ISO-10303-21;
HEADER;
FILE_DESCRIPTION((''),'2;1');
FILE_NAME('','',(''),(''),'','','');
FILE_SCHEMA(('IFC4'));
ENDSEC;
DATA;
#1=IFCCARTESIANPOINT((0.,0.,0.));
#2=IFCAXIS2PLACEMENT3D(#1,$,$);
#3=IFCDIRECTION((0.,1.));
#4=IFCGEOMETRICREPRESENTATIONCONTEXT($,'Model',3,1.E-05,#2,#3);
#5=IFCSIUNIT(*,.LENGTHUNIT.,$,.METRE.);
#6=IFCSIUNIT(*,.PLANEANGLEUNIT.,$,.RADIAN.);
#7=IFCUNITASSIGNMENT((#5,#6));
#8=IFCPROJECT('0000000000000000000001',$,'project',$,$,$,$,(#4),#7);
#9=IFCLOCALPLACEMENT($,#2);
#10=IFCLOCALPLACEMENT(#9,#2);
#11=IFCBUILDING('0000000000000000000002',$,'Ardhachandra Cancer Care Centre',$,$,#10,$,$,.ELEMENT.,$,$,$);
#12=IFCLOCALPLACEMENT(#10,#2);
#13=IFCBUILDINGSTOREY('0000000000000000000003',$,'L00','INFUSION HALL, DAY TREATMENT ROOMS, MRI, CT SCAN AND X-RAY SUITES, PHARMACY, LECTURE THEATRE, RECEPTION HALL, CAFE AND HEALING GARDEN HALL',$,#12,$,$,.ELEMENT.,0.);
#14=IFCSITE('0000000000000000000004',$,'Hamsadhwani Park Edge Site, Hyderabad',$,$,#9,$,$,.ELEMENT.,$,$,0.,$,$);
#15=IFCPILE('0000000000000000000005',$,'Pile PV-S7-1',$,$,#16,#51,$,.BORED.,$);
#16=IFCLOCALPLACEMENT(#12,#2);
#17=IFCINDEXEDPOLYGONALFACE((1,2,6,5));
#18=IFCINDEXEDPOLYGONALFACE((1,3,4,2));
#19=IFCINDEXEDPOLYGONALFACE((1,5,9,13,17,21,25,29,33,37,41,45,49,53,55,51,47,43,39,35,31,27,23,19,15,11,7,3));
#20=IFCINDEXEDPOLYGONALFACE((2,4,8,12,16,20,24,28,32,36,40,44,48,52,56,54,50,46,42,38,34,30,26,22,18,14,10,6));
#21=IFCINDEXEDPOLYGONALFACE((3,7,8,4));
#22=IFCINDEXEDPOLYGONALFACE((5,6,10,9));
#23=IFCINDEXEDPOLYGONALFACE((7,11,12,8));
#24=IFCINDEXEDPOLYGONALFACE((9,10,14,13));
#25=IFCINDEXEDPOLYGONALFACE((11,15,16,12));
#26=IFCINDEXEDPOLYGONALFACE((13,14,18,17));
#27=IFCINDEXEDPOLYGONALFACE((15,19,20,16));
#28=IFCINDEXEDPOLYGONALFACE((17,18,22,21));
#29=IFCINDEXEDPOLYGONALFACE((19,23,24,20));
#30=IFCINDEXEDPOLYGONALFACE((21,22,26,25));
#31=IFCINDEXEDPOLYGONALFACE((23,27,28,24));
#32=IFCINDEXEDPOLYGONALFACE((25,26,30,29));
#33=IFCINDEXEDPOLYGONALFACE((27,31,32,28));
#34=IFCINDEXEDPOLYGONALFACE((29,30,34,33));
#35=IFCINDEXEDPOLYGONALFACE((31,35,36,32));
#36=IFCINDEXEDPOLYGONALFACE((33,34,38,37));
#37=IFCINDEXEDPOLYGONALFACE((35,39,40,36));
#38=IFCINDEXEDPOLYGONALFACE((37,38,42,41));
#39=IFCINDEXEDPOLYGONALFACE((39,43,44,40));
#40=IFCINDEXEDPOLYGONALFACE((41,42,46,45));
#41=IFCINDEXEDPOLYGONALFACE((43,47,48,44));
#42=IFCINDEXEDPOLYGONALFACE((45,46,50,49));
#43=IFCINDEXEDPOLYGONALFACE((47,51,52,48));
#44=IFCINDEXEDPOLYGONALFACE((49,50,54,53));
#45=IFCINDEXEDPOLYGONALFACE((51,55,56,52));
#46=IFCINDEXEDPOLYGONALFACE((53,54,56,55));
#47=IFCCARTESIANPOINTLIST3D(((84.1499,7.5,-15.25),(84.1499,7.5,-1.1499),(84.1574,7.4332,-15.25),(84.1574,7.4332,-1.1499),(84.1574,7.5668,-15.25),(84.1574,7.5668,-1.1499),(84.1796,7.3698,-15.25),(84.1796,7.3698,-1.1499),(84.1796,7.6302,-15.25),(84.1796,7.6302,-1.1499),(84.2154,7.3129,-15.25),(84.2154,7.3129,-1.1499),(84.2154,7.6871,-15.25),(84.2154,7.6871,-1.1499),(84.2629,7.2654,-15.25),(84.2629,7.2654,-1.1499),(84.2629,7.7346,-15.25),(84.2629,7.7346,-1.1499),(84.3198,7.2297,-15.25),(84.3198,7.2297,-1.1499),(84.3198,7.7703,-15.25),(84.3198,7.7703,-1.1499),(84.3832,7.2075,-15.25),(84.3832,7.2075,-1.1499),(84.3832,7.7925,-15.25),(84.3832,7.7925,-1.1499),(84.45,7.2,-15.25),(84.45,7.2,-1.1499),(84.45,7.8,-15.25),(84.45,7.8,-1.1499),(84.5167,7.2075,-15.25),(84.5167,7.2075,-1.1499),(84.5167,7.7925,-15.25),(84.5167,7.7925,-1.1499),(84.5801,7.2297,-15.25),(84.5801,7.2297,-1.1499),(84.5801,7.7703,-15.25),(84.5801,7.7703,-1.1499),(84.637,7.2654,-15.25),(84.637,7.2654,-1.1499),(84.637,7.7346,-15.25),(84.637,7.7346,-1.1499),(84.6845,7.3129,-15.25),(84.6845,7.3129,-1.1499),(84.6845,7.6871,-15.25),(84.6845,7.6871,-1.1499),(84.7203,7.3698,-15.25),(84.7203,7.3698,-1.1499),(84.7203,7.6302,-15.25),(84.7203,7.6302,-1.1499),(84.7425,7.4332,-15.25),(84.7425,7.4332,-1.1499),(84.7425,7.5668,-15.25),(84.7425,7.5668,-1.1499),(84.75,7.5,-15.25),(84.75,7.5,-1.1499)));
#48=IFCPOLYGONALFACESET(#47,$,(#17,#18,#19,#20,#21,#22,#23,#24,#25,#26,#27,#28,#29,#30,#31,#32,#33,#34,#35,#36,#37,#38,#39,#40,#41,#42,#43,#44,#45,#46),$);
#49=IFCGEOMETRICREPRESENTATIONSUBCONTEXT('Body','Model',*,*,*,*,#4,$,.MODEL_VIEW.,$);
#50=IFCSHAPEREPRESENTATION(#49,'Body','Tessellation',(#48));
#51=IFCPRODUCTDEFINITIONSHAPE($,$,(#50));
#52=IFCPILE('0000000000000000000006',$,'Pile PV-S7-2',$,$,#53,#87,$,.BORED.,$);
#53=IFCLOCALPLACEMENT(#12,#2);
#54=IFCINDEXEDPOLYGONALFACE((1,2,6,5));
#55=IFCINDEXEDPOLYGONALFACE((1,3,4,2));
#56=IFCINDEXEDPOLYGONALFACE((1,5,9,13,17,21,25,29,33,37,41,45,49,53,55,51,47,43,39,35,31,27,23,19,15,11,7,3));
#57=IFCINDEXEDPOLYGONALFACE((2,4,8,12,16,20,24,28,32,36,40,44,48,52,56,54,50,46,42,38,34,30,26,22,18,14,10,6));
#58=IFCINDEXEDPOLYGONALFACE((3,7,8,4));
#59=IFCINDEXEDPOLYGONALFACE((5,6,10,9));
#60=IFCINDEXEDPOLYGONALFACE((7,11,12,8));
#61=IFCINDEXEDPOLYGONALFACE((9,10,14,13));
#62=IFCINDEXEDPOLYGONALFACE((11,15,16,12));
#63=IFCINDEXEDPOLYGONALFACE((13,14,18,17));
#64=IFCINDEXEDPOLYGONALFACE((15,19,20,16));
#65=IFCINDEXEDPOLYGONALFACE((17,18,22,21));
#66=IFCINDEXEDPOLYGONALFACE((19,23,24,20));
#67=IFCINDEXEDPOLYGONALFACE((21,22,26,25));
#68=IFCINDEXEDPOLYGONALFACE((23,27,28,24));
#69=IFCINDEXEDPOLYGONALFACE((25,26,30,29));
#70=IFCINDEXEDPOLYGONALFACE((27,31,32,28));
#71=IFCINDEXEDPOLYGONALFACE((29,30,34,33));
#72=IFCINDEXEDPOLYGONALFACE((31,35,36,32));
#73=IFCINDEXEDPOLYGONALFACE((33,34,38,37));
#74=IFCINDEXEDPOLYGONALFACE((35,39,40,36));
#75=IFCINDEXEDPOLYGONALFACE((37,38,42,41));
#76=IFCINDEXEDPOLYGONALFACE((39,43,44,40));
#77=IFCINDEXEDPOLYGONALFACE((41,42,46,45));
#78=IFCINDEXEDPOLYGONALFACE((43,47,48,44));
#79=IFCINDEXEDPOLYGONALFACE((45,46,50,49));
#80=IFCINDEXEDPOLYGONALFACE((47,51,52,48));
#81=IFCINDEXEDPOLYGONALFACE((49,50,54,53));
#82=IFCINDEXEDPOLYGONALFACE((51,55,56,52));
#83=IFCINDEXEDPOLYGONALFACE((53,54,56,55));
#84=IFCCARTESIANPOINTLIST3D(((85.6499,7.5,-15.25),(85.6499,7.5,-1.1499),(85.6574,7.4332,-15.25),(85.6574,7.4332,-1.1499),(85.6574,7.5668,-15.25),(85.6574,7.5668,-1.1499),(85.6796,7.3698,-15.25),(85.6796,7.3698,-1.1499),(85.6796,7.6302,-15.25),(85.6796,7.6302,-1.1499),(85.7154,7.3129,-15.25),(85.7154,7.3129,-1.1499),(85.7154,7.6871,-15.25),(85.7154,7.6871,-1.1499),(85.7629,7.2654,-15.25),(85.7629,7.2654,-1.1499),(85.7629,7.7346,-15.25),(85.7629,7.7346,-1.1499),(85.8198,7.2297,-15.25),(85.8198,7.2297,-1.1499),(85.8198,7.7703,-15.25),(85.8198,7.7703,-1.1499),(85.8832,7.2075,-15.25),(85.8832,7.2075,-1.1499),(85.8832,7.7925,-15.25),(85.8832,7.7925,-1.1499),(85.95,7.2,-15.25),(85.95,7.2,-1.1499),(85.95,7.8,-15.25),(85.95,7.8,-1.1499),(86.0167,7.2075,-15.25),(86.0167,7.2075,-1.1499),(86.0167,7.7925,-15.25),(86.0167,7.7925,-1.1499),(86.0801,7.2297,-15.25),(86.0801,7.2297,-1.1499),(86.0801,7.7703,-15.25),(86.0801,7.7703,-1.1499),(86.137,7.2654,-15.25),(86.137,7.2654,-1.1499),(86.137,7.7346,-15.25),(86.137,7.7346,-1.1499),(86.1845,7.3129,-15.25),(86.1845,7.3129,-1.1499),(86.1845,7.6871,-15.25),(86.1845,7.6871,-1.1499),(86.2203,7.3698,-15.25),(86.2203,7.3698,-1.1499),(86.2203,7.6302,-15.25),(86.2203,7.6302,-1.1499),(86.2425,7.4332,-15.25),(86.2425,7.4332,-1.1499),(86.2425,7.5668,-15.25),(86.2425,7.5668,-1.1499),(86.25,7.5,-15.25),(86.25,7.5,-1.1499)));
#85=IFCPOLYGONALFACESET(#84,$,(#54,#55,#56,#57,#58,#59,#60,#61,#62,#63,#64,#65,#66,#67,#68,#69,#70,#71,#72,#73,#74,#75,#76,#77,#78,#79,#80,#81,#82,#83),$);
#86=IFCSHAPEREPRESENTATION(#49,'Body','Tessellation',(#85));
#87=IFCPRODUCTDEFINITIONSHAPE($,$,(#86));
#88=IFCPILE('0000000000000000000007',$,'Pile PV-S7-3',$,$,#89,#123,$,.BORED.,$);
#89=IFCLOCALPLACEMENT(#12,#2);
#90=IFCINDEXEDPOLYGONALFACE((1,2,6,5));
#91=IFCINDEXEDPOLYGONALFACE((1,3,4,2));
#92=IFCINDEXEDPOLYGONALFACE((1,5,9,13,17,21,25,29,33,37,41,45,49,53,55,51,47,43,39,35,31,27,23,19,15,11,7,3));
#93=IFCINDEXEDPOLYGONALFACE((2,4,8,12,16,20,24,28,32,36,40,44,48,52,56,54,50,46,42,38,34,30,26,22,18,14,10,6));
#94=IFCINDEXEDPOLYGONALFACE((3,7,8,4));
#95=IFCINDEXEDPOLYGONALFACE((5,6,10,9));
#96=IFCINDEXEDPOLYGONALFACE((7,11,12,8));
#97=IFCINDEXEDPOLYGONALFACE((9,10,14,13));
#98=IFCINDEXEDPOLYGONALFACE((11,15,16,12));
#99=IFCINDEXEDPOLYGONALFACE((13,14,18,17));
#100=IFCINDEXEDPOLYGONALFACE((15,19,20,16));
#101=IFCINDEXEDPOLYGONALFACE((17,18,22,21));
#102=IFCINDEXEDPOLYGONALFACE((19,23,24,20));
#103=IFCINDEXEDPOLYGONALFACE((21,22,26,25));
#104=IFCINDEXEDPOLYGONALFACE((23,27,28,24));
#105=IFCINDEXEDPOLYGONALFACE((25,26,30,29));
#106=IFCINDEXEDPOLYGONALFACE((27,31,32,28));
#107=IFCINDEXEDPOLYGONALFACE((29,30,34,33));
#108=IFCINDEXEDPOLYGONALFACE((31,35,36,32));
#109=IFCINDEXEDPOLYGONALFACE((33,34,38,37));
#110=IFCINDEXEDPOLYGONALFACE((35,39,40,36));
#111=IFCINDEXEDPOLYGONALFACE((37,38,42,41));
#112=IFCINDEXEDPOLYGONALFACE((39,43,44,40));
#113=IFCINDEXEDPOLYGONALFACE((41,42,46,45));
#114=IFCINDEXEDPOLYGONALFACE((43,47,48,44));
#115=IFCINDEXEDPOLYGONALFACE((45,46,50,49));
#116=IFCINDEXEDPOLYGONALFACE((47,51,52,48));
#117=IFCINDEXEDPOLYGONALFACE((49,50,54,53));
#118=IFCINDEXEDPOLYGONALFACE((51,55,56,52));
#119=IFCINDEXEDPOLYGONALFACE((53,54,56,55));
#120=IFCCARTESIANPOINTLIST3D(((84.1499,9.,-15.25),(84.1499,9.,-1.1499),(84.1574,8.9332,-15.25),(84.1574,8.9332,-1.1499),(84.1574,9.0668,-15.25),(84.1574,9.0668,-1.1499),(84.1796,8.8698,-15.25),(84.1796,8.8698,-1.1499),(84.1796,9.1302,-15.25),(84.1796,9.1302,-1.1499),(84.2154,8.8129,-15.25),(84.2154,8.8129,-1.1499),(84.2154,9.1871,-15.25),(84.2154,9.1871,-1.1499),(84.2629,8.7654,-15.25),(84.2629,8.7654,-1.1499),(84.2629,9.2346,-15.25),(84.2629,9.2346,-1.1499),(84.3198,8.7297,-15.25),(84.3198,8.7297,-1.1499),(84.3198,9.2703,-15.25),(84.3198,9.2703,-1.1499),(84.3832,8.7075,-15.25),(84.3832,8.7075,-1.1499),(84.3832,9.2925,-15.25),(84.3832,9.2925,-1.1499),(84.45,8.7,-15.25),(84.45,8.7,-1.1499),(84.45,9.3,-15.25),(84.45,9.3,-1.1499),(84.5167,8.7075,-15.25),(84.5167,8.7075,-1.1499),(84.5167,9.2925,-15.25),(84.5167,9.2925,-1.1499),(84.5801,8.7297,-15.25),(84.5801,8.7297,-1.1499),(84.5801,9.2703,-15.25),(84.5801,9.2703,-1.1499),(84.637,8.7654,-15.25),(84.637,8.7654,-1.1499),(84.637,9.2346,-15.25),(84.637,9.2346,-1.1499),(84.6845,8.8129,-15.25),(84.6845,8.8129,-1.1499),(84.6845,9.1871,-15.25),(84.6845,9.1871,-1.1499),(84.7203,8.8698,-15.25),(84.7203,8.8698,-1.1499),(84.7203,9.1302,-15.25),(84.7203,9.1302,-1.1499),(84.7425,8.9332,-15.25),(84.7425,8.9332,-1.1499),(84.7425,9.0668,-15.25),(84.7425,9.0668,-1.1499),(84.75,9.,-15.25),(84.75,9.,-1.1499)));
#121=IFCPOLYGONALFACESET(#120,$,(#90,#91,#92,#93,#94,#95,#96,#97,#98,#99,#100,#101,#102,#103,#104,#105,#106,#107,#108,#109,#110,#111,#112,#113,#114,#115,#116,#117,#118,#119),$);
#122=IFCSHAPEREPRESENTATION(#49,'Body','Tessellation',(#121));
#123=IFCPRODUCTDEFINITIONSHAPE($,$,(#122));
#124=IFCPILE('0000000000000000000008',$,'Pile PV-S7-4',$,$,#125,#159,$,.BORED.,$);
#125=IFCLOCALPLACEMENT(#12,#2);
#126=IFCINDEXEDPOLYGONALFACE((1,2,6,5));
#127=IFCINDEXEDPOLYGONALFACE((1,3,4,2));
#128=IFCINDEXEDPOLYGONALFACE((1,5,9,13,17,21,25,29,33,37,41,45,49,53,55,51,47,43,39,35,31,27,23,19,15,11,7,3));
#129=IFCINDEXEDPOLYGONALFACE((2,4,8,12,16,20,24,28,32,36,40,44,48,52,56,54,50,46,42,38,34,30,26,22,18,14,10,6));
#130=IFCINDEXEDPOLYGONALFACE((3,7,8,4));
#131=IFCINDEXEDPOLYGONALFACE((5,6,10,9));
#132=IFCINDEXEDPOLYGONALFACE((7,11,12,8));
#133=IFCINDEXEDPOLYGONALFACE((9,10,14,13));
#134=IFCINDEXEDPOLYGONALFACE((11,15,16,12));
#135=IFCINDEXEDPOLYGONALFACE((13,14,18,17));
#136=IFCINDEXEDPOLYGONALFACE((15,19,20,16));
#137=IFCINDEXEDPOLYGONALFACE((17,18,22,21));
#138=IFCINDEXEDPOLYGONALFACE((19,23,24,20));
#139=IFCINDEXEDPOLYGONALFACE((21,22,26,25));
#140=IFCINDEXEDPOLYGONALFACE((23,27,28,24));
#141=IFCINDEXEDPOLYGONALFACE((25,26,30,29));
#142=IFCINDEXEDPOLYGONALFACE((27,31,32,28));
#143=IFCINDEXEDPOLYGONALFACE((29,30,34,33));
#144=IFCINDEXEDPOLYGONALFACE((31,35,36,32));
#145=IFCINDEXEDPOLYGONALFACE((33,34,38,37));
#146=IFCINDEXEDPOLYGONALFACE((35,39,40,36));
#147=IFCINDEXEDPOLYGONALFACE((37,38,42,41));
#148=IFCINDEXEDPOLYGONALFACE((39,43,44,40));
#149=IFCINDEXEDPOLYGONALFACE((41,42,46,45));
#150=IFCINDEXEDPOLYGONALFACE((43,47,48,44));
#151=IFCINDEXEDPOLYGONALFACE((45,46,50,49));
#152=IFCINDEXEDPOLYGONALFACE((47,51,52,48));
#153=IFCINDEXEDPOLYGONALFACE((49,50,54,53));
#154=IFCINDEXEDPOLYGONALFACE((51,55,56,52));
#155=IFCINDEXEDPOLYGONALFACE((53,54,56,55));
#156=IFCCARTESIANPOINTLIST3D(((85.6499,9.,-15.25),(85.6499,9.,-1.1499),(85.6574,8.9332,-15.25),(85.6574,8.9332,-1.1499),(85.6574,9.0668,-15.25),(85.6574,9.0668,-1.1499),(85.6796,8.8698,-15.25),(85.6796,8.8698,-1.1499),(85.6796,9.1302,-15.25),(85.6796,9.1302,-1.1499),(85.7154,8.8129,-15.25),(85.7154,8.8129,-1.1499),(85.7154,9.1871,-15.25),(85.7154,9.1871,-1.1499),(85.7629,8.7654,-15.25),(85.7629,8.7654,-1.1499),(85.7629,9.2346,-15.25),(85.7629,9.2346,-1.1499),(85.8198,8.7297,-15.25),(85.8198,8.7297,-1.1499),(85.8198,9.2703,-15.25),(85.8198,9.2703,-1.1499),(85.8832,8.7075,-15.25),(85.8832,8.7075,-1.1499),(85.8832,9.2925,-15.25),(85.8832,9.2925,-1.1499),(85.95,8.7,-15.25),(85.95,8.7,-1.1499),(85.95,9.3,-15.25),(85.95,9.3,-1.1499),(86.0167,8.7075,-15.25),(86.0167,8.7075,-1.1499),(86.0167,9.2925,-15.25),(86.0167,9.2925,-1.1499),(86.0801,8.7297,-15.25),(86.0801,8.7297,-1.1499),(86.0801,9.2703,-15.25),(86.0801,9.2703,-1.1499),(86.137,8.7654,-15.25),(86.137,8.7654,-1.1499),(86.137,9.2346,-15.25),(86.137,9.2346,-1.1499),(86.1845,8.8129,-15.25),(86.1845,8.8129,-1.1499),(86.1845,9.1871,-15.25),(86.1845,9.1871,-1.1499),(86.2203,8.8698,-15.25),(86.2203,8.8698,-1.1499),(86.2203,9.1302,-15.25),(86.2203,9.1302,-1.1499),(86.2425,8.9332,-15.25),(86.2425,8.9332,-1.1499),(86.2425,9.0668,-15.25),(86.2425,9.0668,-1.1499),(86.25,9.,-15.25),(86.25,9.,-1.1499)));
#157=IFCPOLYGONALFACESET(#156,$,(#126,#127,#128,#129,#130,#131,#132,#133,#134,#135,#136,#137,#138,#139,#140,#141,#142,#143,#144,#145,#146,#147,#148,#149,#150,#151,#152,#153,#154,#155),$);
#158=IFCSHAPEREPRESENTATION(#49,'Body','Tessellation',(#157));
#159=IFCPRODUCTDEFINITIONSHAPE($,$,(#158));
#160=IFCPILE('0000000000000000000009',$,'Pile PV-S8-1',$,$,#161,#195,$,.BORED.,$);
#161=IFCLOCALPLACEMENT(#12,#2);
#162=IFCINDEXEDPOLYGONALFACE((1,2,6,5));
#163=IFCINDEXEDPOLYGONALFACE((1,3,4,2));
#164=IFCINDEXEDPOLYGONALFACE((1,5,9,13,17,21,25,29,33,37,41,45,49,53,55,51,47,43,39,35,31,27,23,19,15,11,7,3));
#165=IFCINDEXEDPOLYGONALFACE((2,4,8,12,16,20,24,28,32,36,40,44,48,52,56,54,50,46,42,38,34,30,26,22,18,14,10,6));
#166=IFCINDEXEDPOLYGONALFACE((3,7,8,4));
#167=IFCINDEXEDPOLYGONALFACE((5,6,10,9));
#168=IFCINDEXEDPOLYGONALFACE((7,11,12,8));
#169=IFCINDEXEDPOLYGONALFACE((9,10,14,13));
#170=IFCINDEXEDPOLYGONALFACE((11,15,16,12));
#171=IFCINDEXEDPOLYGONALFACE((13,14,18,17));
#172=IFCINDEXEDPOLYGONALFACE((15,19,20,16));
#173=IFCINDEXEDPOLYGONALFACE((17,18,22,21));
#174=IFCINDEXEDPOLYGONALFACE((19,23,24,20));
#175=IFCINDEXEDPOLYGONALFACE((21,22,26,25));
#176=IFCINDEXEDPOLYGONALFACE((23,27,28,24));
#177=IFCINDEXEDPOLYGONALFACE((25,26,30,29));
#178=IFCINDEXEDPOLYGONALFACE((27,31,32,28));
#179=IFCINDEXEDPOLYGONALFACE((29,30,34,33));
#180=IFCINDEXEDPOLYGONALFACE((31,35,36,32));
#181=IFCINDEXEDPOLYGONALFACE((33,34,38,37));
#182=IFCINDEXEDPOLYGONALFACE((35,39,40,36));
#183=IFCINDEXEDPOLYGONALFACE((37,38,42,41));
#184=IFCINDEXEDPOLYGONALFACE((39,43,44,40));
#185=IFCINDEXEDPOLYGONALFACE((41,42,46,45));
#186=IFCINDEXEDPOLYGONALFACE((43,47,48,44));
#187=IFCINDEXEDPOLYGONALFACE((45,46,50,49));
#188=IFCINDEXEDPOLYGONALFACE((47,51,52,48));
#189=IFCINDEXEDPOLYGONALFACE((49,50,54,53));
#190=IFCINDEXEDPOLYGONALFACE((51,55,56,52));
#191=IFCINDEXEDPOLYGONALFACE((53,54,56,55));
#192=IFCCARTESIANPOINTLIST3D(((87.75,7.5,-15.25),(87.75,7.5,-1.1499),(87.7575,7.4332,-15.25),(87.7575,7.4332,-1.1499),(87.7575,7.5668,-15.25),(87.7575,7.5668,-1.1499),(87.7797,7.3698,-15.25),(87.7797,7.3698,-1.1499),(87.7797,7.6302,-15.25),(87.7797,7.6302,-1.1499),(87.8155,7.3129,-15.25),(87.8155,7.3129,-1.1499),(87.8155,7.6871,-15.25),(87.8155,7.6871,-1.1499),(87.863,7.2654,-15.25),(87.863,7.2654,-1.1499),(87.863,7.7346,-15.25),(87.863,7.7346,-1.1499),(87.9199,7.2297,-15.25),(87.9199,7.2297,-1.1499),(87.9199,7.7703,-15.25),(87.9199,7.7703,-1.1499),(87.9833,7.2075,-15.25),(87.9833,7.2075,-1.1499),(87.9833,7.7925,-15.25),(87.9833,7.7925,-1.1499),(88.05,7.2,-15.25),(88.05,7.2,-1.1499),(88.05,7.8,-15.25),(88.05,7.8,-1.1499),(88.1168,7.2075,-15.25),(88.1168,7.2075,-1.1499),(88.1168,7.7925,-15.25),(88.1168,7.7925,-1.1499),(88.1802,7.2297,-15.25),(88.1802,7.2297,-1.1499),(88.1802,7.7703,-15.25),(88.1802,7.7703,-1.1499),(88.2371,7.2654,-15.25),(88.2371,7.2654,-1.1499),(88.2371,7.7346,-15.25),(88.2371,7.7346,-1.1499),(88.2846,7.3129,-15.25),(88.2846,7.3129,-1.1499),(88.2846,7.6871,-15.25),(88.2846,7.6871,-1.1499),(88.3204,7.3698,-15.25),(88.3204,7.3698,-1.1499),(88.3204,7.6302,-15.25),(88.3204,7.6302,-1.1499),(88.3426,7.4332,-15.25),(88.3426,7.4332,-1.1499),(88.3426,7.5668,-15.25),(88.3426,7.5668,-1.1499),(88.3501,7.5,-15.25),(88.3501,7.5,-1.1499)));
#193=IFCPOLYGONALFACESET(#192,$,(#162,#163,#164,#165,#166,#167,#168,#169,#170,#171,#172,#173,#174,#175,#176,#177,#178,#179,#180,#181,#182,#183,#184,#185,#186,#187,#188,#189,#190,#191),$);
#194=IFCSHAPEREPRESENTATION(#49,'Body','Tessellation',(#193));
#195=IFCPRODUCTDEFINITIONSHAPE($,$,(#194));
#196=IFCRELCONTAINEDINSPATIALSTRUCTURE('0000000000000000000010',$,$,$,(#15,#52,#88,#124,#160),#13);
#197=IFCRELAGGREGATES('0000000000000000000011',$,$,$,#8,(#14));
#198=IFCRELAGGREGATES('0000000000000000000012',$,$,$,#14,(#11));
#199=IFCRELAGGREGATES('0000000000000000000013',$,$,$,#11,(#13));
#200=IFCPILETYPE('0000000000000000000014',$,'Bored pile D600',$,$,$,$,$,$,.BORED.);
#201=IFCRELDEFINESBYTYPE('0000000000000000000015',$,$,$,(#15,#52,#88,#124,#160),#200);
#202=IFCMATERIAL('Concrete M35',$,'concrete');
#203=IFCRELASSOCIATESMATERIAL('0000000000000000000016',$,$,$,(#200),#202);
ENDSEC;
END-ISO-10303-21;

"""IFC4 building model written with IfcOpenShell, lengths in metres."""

from ifc_helpers import new_model, si_unit, direction, frame, origin, origin_2d, place, context, subcontext, project, spatial, circle, extrude, material, material_profile, profile_set, type_object, element, save


model = new_model("IFC4")

# Units and contexts
model_context = context("Model", 3, precision=1e-05, world=origin(), true_north=direction((0.0, 1.0)))
body_context = subcontext(model_context, "Body", "Model", "MODEL_VIEW")
ifc_project = project(units=[si_unit("LENGTHUNIT", "METRE"), si_unit("PLANEANGLEUNIT", "RADIAN")], contexts=[model_context])

# Site, building, storey
site_placement = place(None, origin())
site = spatial("IfcSite", under=ifc_project, at=site_placement, Name="Hamsadhwani Park Edge Site, Hyderabad", CompositionType="ELEMENT", RefElevation=0.0)
building_placement = place(site_placement, origin())
building = spatial("IfcBuilding", under=site, at=building_placement, Name="Ardhachandra Cancer Care Centre", CompositionType="ELEMENT")
storey_placement = place(building_placement, origin())
storey = spatial("IfcBuildingStorey", under=building, at=storey_placement, Name="L00", Description="INFUSION HALL, DAY TREATMENT ROOMS, MRI, CT SCAN AND X-RAY SUITES, PHARMACY, LECTURE THEATRE, RECEPTION HALL, CAFE AND HEALING GARDEN HALL", CompositionType="ELEMENT", Elevation=0.0)

# Piles
ifc_material_1 = material(Name="Concrete M35", Category="concrete")
ifc_material_profile_1 = material_profile(ifc_material_1, circle(Radius=0.3, at=origin_2d()), Name="D600")
ifc_profile_set_1 = profile_set([ifc_material_profile_1], Name="Concrete M35")
pile_type = type_object("IfcPileType", Name="Bored pile D600", PredefinedType="BORED", material=ifc_profile_set_1)
for number, where, z_axis, x_axis, name in (
    (1, (84.45, 7.5, -1.1499), (0.0, 0.0, -1.0), (1.0, 0.0, 0.0), "Pile PV-S7-1"),
    (2, (85.95, 7.5, -1.1499), (0.0, 0.0, -1.0), (1.0, 0.0, 0.0), "Pile PV-S7-2"),
    (3, (84.45, 9.0, -1.1499), (0.0, 0.0, -1.0), (1.0, 0.0, 0.0), "Pile PV-S7-3"),
    (4, (85.95, 9.0, -1.1499), (0.0, 0.0, -1.0), (1.0, 0.0, 0.0), "Pile PV-S7-4"),
    (5, (88.05, 7.5, -1.1499), (0.0, 0.0, -1.0), (1.0, 0.0, 0.0), "Pile PV-S8-1"),
):
    element("IfcPile", number, at=place(storey_placement, frame(where, z_axis=z_axis, x_axis=x_axis)), inside=storey, type_object=pile_type, Name=name, PredefinedType="BORED", context=body_context, shape_type="SweptSolid", body=[
        extrude(circle(Radius=0.3, at=origin_2d()), origin(), (0.0, 0.0, 1.0), 14.1001),
    ])

save(model, "model.ifc")
